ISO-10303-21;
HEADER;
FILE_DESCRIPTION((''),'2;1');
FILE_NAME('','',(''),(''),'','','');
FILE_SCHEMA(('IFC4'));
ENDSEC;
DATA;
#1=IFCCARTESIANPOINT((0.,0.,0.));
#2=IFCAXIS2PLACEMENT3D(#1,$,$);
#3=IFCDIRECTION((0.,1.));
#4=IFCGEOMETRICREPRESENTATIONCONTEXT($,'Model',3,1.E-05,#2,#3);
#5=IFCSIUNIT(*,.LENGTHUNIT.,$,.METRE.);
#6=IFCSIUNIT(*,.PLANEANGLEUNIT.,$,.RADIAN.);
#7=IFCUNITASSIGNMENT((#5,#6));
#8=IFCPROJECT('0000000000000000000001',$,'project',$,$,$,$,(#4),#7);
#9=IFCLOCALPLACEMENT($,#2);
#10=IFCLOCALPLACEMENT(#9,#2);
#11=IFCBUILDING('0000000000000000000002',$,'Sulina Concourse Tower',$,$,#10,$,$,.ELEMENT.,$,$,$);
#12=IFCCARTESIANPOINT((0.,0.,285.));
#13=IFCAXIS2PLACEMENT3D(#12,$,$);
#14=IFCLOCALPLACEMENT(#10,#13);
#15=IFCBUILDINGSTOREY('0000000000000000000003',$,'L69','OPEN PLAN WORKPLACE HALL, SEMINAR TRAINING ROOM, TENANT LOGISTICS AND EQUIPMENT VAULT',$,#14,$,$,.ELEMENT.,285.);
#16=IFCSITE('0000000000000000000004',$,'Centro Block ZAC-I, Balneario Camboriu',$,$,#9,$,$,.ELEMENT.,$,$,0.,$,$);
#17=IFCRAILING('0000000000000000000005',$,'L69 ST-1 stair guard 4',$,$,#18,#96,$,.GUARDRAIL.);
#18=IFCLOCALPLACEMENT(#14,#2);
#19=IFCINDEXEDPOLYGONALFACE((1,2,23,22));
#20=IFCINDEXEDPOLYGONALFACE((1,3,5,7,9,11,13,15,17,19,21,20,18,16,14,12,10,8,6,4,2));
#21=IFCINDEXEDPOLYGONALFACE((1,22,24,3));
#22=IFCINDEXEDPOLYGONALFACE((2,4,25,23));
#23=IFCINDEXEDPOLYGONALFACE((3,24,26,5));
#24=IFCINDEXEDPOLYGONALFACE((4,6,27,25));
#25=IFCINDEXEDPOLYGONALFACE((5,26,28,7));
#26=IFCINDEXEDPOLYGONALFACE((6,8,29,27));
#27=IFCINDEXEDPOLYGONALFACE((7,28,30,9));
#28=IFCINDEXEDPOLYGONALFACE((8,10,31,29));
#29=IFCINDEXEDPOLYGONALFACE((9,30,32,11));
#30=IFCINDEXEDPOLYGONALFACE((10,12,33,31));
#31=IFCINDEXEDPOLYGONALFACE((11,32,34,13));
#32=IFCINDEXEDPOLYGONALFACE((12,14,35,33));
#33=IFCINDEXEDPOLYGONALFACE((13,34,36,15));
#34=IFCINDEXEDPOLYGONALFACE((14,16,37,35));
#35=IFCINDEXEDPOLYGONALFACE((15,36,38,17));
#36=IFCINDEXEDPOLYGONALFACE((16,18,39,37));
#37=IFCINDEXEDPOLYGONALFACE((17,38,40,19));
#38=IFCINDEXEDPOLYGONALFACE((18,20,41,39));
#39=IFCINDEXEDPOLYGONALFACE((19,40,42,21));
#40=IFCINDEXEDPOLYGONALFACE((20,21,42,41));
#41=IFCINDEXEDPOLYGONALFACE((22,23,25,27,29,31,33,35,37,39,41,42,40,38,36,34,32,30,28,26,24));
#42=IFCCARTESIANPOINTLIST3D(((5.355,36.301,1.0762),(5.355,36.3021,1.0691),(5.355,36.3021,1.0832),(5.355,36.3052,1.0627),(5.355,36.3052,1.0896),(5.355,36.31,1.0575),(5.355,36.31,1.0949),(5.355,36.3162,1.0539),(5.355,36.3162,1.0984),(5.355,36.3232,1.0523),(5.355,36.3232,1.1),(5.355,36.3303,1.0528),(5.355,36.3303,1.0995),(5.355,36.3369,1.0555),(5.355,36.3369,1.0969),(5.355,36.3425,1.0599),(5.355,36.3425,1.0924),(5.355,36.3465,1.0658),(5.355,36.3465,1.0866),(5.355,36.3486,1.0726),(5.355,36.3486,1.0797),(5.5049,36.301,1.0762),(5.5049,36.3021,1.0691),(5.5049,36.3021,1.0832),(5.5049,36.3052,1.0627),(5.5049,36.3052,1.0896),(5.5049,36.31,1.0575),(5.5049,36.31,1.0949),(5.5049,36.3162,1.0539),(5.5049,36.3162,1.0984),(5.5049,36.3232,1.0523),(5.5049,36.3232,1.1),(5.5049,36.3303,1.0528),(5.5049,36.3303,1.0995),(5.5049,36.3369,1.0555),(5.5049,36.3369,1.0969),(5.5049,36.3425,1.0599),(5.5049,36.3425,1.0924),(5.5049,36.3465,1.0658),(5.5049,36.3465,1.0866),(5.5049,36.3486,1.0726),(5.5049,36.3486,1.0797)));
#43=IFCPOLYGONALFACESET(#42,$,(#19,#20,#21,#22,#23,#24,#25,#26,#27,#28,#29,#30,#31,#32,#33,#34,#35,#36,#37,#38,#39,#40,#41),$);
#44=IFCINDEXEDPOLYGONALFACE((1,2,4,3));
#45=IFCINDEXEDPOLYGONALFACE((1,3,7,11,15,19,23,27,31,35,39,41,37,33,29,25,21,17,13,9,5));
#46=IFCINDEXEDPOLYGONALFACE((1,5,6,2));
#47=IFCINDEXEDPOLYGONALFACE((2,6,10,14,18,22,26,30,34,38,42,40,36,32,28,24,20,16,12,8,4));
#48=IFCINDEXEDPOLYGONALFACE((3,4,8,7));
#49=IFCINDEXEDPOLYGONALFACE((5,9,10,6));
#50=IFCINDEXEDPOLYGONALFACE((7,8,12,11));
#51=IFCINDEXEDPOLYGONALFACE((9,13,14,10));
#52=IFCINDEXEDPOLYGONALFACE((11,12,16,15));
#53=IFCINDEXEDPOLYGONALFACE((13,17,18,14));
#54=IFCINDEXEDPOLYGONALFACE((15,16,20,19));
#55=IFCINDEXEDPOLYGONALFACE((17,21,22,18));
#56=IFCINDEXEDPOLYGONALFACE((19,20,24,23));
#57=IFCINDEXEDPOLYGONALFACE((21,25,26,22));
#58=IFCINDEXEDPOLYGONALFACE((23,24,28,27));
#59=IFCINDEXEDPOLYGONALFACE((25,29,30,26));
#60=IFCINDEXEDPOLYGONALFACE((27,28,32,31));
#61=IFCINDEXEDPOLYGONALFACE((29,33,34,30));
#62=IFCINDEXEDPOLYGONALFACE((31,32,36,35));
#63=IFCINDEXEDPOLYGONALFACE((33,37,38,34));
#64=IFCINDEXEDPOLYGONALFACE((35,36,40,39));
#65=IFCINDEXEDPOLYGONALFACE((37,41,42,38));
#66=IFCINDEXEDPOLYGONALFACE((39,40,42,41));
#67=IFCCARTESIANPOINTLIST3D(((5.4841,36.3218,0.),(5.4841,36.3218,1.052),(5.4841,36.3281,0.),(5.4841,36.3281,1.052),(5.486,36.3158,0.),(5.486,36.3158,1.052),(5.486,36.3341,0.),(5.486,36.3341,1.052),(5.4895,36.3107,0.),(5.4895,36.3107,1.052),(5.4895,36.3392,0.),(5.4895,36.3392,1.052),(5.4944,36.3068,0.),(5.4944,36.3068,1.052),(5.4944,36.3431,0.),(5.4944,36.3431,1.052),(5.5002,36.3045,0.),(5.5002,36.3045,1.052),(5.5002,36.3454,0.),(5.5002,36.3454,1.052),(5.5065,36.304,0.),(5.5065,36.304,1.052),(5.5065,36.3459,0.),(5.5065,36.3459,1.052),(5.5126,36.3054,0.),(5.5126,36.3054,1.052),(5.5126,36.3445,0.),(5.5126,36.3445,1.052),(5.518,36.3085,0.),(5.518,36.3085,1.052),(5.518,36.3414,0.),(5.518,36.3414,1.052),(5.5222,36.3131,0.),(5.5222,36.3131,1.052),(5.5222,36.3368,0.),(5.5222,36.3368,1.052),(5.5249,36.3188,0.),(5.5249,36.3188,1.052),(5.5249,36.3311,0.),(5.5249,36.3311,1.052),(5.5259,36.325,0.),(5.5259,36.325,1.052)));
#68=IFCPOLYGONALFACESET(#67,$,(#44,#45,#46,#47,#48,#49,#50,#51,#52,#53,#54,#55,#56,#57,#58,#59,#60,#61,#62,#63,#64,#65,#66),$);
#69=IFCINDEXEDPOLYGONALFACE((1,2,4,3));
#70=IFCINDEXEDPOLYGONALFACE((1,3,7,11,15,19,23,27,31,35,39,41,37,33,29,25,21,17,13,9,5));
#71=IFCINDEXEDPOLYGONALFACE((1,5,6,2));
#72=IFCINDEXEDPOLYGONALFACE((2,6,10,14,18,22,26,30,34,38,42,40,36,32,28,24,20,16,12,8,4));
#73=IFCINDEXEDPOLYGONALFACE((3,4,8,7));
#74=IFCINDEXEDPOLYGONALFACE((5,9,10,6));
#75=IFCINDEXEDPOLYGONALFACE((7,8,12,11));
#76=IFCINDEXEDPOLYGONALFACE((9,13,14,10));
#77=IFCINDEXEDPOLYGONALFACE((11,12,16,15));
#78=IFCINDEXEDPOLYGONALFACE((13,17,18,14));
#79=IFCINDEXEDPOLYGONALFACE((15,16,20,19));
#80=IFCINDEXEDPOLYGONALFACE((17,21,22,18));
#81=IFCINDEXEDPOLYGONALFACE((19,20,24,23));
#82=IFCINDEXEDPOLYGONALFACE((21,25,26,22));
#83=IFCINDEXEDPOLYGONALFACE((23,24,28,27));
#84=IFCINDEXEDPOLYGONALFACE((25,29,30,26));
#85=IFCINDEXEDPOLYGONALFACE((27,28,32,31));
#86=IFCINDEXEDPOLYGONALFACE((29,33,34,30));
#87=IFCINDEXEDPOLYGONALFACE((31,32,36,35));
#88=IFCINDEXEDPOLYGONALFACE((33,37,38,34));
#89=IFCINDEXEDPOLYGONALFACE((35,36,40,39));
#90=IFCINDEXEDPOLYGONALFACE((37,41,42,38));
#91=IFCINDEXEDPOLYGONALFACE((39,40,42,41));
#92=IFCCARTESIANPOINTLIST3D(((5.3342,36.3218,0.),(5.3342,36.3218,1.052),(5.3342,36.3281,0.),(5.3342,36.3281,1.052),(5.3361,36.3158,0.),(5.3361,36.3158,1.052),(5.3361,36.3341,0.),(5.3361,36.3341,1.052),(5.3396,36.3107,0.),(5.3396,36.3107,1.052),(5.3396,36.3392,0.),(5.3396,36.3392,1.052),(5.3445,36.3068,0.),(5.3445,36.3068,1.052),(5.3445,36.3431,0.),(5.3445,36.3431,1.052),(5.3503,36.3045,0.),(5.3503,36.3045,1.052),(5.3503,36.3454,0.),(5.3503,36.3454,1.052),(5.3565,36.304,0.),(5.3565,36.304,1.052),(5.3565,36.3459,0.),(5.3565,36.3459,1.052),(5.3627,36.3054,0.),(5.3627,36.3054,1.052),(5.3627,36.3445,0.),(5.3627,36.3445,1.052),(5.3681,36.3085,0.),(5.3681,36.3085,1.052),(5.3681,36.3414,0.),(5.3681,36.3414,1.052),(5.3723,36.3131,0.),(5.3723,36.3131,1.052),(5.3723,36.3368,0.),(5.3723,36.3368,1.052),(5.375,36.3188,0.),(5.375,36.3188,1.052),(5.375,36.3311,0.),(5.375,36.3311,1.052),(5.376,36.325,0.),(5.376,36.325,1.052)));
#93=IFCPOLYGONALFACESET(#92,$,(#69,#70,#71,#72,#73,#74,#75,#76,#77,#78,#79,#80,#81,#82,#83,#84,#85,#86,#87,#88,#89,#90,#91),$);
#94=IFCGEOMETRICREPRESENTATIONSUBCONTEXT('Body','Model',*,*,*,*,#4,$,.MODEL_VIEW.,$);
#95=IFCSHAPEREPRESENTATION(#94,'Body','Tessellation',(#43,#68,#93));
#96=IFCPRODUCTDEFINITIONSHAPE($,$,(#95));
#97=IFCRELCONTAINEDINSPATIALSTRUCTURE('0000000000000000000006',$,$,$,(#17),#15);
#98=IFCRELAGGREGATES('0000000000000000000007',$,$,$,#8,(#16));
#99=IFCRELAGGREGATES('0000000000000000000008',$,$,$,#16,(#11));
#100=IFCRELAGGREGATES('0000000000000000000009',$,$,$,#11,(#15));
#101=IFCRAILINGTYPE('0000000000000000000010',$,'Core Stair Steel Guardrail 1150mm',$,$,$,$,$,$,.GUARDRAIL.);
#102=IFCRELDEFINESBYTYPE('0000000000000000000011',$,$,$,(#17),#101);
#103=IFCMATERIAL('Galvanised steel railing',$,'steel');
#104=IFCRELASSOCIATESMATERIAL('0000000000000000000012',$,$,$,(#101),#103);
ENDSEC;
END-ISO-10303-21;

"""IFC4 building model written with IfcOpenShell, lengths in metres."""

from ifc_helpers import new_model, si_unit, direction, frame, origin, origin_2d, place, context, subcontext, project, spatial, circle, extrude, material, type_object, element, save


model = new_model("IFC4")

# Units and contexts
model_context = context("Model", 3, precision=1e-05, world=origin(), true_north=direction((0.0, 1.0)))
body_context = subcontext(model_context, "Body", "Model", "MODEL_VIEW")
ifc_project = project(units=[si_unit("LENGTHUNIT", "METRE"), si_unit("PLANEANGLEUNIT", "RADIAN")], contexts=[model_context])

# Site, building, storey
site_placement = place(None, origin())
site = spatial("IfcSite", under=ifc_project, at=site_placement, Name="Centro Block ZAC-I, Balneario Camboriu", CompositionType="ELEMENT", RefElevation=0.0)
building_placement = place(site_placement, origin())
building = spatial("IfcBuilding", under=site, at=building_placement, Name="Sulina Concourse Tower", CompositionType="ELEMENT")
storey_placement = place(building_placement, frame((0.0, 0.0, 285.0)))
storey = spatial("IfcBuildingStorey", under=building, at=storey_placement, Name="L69", Description="OPEN PLAN WORKPLACE HALL, SEMINAR TRAINING ROOM, TENANT LOGISTICS AND EQUIPMENT VAULT", CompositionType="ELEMENT", Elevation=285.0)

# Railing
ifc_material_1 = material(Name="Galvanised steel railing", Category="steel")
railing_type_1 = type_object("IfcRailingType", Name="Core Stair Steel Guardrail 1150mm", PredefinedType="GUARDRAIL", material=ifc_material_1)
railing_1_placement = place(storey_placement, frame((5.5049, 36.325, 0.0)))
element("IfcRailing", 1, at=railing_1_placement, inside=storey, type_object=railing_type_1, Name="L69 ST-1 stair guard 4", PredefinedType="GUARDRAIL", context=body_context, shape_type="SweptSolid", body=[
    extrude(circle(Radius=0.0239, at=origin_2d()), frame((0.0, 0.0, 1.0762), z_axis=(-1.0, 0.0, 0.0), x_axis=(0.0, -1.0, 0.0)), (0.0, 0.0, 1.0), 0.1499),
    extrude(circle(Radius=0.021, at=origin_2d()), origin(), (0.0, 0.0, 1.0), 1.052),
    extrude(circle(Radius=0.021, at=origin_2d()), frame((-0.1499, 0.0, 0.0)), (0.0, 0.0, 1.0), 1.052),
])

save(model, "model.ifc")
